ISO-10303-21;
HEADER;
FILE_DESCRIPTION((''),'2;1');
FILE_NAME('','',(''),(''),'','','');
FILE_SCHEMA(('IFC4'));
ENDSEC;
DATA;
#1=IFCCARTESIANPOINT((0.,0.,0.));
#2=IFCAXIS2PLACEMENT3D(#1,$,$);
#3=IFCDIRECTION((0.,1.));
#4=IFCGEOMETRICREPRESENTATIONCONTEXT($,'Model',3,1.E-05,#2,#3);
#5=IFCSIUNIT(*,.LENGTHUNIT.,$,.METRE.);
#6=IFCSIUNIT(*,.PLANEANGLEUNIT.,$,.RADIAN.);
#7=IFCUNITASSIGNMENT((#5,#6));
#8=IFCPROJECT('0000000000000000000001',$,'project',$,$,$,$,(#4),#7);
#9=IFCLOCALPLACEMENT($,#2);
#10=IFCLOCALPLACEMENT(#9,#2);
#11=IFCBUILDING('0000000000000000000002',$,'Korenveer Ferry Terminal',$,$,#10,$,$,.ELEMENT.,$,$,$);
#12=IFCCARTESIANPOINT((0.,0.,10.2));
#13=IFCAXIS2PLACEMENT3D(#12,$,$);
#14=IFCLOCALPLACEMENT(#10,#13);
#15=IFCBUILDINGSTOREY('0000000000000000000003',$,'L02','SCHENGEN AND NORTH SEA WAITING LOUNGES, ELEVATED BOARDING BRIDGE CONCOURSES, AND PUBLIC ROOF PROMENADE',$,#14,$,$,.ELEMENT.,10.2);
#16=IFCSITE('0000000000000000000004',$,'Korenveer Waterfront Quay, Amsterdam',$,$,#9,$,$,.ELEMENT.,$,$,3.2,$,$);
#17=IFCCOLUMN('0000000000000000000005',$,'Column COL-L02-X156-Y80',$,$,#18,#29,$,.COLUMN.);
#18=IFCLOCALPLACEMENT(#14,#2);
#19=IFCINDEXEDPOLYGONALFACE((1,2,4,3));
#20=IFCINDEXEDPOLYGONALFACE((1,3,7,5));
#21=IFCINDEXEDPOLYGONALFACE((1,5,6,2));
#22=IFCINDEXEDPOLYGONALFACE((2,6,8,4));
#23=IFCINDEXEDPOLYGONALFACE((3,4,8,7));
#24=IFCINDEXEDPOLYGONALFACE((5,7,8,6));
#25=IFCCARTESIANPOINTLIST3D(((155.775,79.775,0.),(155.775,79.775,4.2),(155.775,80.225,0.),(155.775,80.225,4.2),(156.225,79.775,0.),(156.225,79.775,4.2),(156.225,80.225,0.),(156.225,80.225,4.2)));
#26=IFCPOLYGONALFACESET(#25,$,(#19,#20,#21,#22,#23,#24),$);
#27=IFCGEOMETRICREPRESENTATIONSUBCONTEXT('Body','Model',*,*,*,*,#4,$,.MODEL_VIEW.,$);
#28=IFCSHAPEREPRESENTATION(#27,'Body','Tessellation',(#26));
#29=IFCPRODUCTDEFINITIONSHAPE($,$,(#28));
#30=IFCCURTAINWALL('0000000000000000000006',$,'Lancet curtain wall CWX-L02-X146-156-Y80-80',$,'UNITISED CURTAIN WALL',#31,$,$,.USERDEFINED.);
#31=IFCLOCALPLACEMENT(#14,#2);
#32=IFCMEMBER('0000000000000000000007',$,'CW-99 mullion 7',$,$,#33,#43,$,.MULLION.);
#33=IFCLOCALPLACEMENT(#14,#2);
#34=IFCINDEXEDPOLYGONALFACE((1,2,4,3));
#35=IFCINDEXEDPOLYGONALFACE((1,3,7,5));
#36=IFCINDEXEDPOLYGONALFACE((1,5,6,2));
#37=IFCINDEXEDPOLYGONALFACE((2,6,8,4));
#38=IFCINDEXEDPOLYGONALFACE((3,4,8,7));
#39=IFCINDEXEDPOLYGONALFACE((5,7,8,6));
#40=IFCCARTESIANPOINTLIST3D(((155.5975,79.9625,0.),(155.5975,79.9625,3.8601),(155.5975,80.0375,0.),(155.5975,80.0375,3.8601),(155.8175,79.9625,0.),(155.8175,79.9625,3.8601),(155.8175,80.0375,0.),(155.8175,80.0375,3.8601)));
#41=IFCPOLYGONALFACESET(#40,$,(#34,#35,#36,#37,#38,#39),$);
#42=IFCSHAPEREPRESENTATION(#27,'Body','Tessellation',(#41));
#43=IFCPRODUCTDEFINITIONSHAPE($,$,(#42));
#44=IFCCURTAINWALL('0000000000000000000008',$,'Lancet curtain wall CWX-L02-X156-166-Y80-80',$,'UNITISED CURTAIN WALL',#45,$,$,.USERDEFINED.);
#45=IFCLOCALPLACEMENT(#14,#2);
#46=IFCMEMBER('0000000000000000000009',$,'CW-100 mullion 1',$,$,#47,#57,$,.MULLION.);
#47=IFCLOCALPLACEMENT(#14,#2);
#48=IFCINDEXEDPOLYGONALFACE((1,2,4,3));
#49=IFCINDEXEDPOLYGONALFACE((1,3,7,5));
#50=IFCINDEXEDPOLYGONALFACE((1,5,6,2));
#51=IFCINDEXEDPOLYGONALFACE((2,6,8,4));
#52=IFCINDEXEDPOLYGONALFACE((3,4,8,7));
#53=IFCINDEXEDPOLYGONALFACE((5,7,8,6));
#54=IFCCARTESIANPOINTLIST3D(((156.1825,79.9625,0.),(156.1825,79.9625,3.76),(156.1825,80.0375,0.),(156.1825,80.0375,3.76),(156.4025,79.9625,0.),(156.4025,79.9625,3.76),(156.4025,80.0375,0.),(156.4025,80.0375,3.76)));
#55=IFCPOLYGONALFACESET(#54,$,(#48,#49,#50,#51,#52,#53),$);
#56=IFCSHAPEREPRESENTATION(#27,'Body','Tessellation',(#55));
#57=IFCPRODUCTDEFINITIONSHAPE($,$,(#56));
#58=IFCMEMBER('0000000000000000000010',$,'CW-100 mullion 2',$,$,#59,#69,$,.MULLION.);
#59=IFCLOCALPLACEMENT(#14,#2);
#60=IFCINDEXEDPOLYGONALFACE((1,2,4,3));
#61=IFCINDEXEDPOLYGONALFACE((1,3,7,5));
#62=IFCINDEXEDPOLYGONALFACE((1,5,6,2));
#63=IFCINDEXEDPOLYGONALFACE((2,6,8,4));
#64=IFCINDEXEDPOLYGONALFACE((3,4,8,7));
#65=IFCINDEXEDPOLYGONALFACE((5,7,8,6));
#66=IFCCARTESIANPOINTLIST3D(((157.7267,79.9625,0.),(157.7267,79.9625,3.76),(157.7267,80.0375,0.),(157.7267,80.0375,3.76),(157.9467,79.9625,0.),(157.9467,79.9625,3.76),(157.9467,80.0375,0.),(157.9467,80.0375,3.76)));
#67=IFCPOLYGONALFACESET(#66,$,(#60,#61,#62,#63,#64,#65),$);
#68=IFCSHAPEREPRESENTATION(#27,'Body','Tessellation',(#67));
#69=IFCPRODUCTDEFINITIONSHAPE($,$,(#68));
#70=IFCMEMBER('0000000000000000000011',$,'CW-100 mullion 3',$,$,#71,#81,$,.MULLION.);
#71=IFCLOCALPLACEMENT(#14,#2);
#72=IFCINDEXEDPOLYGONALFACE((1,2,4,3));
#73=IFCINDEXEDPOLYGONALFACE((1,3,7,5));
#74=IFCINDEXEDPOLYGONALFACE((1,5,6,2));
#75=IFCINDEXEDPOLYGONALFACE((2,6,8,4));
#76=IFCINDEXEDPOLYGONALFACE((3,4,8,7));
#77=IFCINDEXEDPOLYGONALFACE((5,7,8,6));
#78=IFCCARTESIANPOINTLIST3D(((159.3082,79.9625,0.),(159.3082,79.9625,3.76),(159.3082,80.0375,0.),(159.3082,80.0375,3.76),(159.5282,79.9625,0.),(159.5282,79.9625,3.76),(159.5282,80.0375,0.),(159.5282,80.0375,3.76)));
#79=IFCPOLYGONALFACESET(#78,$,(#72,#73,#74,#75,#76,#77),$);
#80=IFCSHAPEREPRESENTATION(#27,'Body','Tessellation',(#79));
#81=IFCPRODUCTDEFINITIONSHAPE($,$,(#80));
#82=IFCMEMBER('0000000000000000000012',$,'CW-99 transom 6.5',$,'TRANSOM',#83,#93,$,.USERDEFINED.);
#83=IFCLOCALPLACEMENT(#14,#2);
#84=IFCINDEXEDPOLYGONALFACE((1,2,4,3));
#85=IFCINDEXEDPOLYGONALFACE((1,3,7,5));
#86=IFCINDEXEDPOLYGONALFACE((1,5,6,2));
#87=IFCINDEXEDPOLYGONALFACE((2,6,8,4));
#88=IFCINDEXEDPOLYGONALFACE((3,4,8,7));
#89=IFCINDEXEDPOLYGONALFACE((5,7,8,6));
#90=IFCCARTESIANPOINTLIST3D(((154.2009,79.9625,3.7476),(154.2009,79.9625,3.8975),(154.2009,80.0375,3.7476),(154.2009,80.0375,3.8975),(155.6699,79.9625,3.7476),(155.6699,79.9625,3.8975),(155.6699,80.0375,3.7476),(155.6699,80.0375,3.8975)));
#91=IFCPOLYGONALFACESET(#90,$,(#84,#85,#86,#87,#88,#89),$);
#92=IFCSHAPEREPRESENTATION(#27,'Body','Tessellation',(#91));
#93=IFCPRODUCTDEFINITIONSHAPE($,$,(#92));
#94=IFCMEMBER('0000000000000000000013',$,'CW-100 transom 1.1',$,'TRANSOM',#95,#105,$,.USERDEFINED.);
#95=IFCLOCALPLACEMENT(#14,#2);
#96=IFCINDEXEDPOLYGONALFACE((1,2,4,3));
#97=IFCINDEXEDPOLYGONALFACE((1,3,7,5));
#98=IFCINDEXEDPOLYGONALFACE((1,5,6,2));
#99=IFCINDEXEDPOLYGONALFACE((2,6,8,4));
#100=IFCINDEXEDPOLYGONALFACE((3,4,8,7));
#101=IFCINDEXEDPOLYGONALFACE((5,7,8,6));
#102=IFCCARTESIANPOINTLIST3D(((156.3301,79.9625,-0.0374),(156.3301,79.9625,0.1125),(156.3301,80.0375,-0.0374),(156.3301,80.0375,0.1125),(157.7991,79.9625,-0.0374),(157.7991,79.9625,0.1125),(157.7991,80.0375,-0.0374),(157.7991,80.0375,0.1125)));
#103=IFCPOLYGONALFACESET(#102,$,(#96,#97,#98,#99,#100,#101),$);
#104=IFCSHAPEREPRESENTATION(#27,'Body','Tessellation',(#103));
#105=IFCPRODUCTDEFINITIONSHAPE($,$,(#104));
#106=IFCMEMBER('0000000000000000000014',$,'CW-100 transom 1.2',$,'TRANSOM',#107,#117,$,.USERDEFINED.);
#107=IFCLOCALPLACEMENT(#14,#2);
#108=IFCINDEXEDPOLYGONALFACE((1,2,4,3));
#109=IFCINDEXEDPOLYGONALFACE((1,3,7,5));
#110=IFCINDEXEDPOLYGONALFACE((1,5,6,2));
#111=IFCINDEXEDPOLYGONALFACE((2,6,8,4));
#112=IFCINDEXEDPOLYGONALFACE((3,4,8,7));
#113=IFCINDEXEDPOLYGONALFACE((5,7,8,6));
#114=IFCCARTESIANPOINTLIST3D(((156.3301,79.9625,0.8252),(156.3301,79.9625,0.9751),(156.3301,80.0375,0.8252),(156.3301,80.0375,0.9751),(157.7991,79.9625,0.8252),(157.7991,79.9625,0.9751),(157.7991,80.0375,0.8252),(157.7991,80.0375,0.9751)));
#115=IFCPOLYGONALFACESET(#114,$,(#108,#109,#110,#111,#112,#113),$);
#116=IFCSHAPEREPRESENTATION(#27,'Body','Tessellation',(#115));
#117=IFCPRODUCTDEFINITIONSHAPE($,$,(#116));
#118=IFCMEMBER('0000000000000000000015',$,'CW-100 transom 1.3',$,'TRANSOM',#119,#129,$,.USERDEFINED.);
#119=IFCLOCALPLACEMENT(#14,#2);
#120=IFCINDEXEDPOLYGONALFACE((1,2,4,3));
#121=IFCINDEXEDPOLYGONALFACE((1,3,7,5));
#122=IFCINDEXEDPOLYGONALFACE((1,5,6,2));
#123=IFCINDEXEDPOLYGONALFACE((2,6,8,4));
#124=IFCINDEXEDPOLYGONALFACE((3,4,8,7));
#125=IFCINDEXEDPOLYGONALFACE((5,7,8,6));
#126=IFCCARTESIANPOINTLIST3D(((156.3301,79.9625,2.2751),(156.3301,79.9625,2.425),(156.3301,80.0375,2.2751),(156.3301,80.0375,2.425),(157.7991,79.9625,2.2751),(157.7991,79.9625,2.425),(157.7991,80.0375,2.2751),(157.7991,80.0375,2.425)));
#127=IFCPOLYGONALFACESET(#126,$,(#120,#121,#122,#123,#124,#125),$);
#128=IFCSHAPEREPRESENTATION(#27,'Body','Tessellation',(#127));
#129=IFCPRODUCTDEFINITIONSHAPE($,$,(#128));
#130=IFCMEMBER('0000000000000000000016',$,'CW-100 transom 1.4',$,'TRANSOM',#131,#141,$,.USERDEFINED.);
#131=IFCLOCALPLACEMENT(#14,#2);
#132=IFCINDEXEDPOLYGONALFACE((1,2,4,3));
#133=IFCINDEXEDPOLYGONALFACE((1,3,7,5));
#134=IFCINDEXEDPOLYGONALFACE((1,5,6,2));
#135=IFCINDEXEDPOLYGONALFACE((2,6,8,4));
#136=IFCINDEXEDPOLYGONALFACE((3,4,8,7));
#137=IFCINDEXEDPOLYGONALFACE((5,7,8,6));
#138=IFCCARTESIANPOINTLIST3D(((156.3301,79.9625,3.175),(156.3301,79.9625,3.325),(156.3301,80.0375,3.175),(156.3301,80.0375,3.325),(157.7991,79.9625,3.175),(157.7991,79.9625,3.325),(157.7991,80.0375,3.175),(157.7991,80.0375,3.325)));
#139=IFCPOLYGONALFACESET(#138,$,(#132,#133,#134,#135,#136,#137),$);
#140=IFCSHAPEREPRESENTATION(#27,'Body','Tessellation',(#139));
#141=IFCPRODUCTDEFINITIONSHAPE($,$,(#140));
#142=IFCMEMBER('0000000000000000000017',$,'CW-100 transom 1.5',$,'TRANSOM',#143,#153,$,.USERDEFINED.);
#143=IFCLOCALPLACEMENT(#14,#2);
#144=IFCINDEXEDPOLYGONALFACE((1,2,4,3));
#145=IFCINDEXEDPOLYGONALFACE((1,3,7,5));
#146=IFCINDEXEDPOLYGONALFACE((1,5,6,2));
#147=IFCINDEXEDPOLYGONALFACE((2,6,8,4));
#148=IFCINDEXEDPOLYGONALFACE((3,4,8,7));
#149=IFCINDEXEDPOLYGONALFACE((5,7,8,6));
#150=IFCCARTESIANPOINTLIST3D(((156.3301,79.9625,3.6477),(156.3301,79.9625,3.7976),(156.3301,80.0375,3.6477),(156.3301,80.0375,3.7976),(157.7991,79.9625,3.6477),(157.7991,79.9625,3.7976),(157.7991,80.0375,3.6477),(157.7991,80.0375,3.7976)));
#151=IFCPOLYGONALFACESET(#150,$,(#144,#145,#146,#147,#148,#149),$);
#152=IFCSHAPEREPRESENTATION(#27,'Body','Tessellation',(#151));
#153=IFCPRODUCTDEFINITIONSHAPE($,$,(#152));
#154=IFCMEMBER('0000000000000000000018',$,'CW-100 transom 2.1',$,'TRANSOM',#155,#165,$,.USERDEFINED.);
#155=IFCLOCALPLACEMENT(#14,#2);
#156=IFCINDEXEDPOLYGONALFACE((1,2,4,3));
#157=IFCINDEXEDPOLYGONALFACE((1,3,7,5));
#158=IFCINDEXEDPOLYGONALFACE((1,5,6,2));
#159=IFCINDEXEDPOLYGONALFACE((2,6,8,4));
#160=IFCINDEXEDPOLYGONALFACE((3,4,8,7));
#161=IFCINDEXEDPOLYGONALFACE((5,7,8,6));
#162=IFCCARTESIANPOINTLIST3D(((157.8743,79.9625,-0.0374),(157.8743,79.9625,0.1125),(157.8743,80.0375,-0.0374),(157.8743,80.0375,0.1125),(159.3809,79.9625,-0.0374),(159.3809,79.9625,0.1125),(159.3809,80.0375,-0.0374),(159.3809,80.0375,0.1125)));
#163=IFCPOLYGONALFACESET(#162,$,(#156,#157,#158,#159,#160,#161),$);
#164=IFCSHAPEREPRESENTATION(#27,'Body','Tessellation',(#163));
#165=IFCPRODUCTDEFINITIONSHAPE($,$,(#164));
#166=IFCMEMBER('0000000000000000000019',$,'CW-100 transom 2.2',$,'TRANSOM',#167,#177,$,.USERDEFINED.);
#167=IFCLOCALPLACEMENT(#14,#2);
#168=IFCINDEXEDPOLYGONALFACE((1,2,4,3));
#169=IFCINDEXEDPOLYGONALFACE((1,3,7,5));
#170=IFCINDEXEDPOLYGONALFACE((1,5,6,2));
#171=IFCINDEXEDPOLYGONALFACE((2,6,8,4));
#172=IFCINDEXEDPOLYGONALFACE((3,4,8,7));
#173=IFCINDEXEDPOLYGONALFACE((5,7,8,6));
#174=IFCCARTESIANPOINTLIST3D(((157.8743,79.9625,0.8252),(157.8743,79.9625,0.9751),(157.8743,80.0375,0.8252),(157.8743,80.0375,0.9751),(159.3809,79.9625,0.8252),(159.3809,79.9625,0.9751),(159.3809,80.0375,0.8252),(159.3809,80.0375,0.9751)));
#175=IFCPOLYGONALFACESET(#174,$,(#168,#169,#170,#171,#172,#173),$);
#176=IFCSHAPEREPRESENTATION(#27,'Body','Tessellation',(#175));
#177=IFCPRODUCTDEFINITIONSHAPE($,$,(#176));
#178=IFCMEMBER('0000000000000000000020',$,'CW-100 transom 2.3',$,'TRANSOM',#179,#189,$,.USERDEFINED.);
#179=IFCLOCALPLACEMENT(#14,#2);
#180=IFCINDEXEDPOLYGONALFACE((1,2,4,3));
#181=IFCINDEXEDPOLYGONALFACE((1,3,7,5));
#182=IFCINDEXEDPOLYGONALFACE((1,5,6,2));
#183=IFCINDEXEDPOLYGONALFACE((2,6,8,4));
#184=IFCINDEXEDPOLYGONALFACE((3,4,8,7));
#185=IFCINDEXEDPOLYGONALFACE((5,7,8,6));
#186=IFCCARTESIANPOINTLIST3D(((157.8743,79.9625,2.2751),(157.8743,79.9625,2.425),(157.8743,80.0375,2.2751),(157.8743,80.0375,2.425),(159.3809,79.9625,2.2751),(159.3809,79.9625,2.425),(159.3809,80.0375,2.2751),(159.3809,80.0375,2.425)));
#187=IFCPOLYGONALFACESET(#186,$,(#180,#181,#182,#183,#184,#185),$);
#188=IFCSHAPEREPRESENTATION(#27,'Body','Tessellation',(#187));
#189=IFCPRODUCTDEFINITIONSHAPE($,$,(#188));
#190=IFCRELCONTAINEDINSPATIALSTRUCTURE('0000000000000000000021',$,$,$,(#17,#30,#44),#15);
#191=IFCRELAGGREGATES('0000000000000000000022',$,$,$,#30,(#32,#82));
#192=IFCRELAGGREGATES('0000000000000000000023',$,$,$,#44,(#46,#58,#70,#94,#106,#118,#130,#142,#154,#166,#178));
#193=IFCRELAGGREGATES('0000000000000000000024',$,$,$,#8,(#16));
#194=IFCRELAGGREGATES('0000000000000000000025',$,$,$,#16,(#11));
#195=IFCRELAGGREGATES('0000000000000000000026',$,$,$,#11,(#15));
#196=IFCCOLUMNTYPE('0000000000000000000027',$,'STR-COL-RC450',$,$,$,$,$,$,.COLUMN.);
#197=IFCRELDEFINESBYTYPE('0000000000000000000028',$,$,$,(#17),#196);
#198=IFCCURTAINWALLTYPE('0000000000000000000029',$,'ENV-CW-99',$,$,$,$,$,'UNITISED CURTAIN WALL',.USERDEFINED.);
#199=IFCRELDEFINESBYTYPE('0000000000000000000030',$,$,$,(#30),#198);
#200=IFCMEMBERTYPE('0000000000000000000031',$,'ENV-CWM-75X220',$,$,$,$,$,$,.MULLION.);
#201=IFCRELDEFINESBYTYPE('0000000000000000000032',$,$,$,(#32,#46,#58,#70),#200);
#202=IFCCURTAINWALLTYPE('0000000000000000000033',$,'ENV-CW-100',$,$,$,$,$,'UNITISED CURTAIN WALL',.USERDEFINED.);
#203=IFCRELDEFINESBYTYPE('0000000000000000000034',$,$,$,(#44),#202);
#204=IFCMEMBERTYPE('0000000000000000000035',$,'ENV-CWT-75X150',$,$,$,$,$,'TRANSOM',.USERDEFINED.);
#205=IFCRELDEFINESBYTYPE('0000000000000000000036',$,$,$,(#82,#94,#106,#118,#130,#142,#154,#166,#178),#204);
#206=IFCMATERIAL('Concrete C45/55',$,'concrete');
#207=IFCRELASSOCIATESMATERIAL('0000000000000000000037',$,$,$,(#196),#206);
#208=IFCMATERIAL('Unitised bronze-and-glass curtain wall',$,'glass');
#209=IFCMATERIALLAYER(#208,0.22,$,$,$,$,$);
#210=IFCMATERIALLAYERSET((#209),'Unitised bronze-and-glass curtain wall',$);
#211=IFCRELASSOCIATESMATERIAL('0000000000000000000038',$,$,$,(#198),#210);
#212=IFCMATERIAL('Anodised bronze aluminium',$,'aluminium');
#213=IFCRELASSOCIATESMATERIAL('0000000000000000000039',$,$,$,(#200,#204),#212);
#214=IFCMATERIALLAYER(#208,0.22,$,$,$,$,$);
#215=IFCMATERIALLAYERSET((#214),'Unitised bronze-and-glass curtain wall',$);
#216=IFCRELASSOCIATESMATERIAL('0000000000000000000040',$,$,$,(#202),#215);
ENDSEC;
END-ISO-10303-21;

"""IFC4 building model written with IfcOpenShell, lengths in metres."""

from ifc_helpers import new_model, si_unit, direction, frame, origin, origin_2d, place, context, subcontext, project, spatial, rectangle, extrude, material, layer, layer_set, material_profile, profile_set, type_object, element, aggregate, save


model = new_model("IFC4")

# Units and contexts
model_context = context("Model", 3, precision=1e-05, world=origin(), true_north=direction((0.0, 1.0)))
body_context = subcontext(model_context, "Body", "Model", "MODEL_VIEW")
ifc_project = project(units=[si_unit("LENGTHUNIT", "METRE"), si_unit("PLANEANGLEUNIT", "RADIAN")], contexts=[model_context])

# Site, building, storey
site_placement = place(None, origin())
site = spatial("IfcSite", under=ifc_project, at=site_placement, Name="Korenveer Waterfront Quay, Amsterdam", CompositionType="ELEMENT", RefElevation=3.2)
building_placement = place(site_placement, origin())
building = spatial("IfcBuilding", under=site, at=building_placement, Name="Korenveer Ferry Terminal", CompositionType="ELEMENT")
storey_placement = place(building_placement, frame((0.0, 0.0, 10.2)))
storey = spatial("IfcBuildingStorey", under=building, at=storey_placement, Name="L02", Description="SCHENGEN AND NORTH SEA WAITING LOUNGES, ELEVATED BOARDING BRIDGE CONCOURSES, AND PUBLIC ROOF PROMENADE", CompositionType="ELEMENT", Elevation=10.2)

# Column
ifc_material_1 = material(Name="Concrete C45/55", Category="concrete")
ifc_material_profile_1 = material_profile(ifc_material_1, rectangle(XDim=0.45, YDim=0.45, at=origin_2d()), Name="RC 450x450")
ifc_profile_set_1 = profile_set([ifc_material_profile_1], Name="Concrete C45/55")
column_type = type_object("IfcColumnType", Name="STR-COL-RC450", PredefinedType="COLUMN", material=ifc_profile_set_1)
column_placement = place(storey_placement, frame((156.0, 80.0, 0.0), z_axis=(0.0, 0.0, 1.0), x_axis=(1.0, 0.0, 0.0)))
element("IfcColumn", 1, at=column_placement, inside=storey, type_object=column_type, Name="Column COL-L02-X156-Y80", PredefinedType="COLUMN", context=body_context, shape_type="SweptSolid", body=[
    extrude(rectangle(XDim=0.45, YDim=0.45, at=origin_2d()), origin(), (0.0, 0.0, 1.0), 4.2),
])

# Curtain wall, member
ifc_material_2 = material(Name="Unitised bronze-and-glass curtain wall", Category="glass")
ifc_layer_1 = layer(ifc_material_2, 0.22)
ifc_layer_set_1 = layer_set([ifc_layer_1], Name="Unitised bronze-and-glass curtain wall")
curtain_wall_type_1 = type_object("IfcCurtainWallType", Name="ENV-CW-99", ElementType="UNITISED CURTAIN WALL", PredefinedType="USERDEFINED", material=ifc_layer_set_1)
curtain_wall_1_placement = place(storey_placement, frame((146.2549, 80.0, 0.0)))
curtain_wall_1 = element("IfcCurtainWall", 2, at=curtain_wall_1_placement, inside=storey, type_object=curtain_wall_type_1, Name="Lancet curtain wall CWX-L02-X146-156-Y80-80", ObjectType="UNITISED CURTAIN WALL", PredefinedType="USERDEFINED")
ifc_material_3 = material(Name="Anodised bronze aluminium", Category="aluminium")
ifc_material_profile_2 = material_profile(ifc_material_3, rectangle(XDim=0.075, YDim=0.22, at=origin_2d()), Name="ALU 75x220")
ifc_profile_set_2 = profile_set([ifc_material_profile_2], Name="Anodised bronze aluminium")
member_type_1 = type_object("IfcMemberType", Name="ENV-CWM-75X220", PredefinedType="MULLION", material=ifc_profile_set_2)
member_1_placement = place(storey_placement, frame((155.7075, 80.0, 0.0), z_axis=(0.0, 0.0, 1.0), x_axis=(0.0, 1.0, 0.0)))
member_1 = element("IfcMember", 3, at=member_1_placement, type_object=member_type_1, Name="CW-99 mullion 7", PredefinedType="MULLION", context=body_context, shape_type="SweptSolid", body=[
    extrude(rectangle(XDim=0.075, YDim=0.22, at=origin_2d()), origin(), (0.0, 0.0, 1.0), 3.8601),
])

# Curtain wall, members
ifc_layer_2 = layer(ifc_material_2, 0.22)
ifc_layer_set_2 = layer_set([ifc_layer_2], Name="Unitised bronze-and-glass curtain wall")
curtain_wall_type_2 = type_object("IfcCurtainWallType", Name="ENV-CW-100", ElementType="UNITISED CURTAIN WALL", PredefinedType="USERDEFINED", material=ifc_layer_set_2)
curtain_wall_2_placement = place(storey_placement, frame((156.2549, 80.0, 0.0)))
curtain_wall_2 = element("IfcCurtainWall", 4, at=curtain_wall_2_placement, inside=storey, type_object=curtain_wall_type_2, Name="Lancet curtain wall CWX-L02-X156-166-Y80-80", ObjectType="UNITISED CURTAIN WALL", PredefinedType="USERDEFINED")
member_2_placement = place(storey_placement, frame((156.2925, 80.0, 0.0), z_axis=(0.0, 0.0, 1.0), x_axis=(0.0, 1.0, 0.0)))
member_2 = element("IfcMember", 5, at=member_2_placement, type_object=member_type_1, Name="CW-100 mullion 1", PredefinedType="MULLION", context=body_context, shape_type="SweptSolid", body=[
    extrude(rectangle(XDim=0.075, YDim=0.22, at=origin_2d()), origin(), (0.0, 0.0, 1.0), 3.76),
])
member_3_placement = place(storey_placement, frame((157.8367, 80.0, 0.0), z_axis=(0.0, 0.0, 1.0), x_axis=(0.0, 1.0, 0.0)))
member_3 = element("IfcMember", 6, at=member_3_placement, type_object=member_type_1, Name="CW-100 mullion 2", PredefinedType="MULLION", context=body_context, shape_type="SweptSolid", body=[
    extrude(rectangle(XDim=0.075, YDim=0.22, at=origin_2d()), origin(), (0.0, 0.0, 1.0), 3.76),
])
member_4_placement = place(storey_placement, frame((159.4182, 80.0, 0.0), z_axis=(0.0, 0.0, 1.0), x_axis=(0.0, 1.0, 0.0)))
member_4 = element("IfcMember", 7, at=member_4_placement, type_object=member_type_1, Name="CW-100 mullion 3", PredefinedType="MULLION", context=body_context, shape_type="SweptSolid", body=[
    extrude(rectangle(XDim=0.075, YDim=0.22, at=origin_2d()), origin(), (0.0, 0.0, 1.0), 3.76),
])

# Members
ifc_material_profile_3 = material_profile(ifc_material_3, rectangle(XDim=0.075, YDim=0.1499, at=origin_2d()), Name="ALU 75x150")
ifc_profile_set_3 = profile_set([ifc_material_profile_3], Name="Anodised bronze aluminium")
member_type_2 = type_object("IfcMemberType", Name="ENV-CWT-75X150", ElementType="TRANSOM", PredefinedType="USERDEFINED", material=ifc_profile_set_3)
member_5_placement = place(storey_placement, frame((154.2009, 80.0, 3.8225), z_axis=(1.0, 0.0, 0.0), x_axis=(0.0, 1.0, 0.0)))
member_5 = element("IfcMember", 8, at=member_5_placement, type_object=member_type_2, Name="CW-99 transom 6.5", ObjectType="TRANSOM", PredefinedType="USERDEFINED", context=body_context, shape_type="SweptSolid", body=[
    extrude(rectangle(XDim=0.075, YDim=0.1499, at=origin_2d()), origin(), (0.0, 0.0, 1.0), 1.469),
])
member_6_placement = place(storey_placement, frame((156.3301, 80.0, 0.0376), z_axis=(1.0, 0.0, 0.0), x_axis=(0.0, 1.0, 0.0)))
member_6 = element("IfcMember", 9, at=member_6_placement, type_object=member_type_2, Name="CW-100 transom 1.1", ObjectType="TRANSOM", PredefinedType="USERDEFINED", context=body_context, shape_type="SweptSolid", body=[
    extrude(rectangle(XDim=0.075, YDim=0.1499, at=origin_2d()), origin(), (0.0, 0.0, 1.0), 1.469),
])
member_7_placement = place(storey_placement, frame((156.3301, 80.0, 0.9001), z_axis=(1.0, 0.0, 0.0), x_axis=(0.0, 1.0, 0.0)))
member_7 = element("IfcMember", 10, at=member_7_placement, type_object=member_type_2, Name="CW-100 transom 1.2", ObjectType="TRANSOM", PredefinedType="USERDEFINED", context=body_context, shape_type="SweptSolid", body=[
    extrude(rectangle(XDim=0.075, YDim=0.1499, at=origin_2d()), origin(), (0.0, 0.0, 1.0), 1.469),
])
member_8_placement = place(storey_placement, frame((156.3301, 80.0, 2.3501), z_axis=(1.0, 0.0, 0.0), x_axis=(0.0, 1.0, 0.0)))
member_8 = element("IfcMember", 11, at=member_8_placement, type_object=member_type_2, Name="CW-100 transom 1.3", ObjectType="TRANSOM", PredefinedType="USERDEFINED", context=body_context, shape_type="SweptSolid", body=[
    extrude(rectangle(XDim=0.075, YDim=0.1499, at=origin_2d()), origin(), (0.0, 0.0, 1.0), 1.469),
])
member_9_placement = place(storey_placement, frame((156.3301, 80.0, 3.25), z_axis=(1.0, 0.0, 0.0), x_axis=(0.0, 1.0, 0.0)))
member_9 = element("IfcMember", 12, at=member_9_placement, type_object=member_type_2, Name="CW-100 transom 1.4", ObjectType="TRANSOM", PredefinedType="USERDEFINED", context=body_context, shape_type="SweptSolid", body=[
    extrude(rectangle(XDim=0.075, YDim=0.1499, at=origin_2d()), origin(), (0.0, 0.0, 1.0), 1.469),
])
member_10_placement = place(storey_placement, frame((156.3301, 80.0, 3.7227), z_axis=(1.0, 0.0, 0.0), x_axis=(0.0, 1.0, 0.0)))
member_10 = element("IfcMember", 13, at=member_10_placement, type_object=member_type_2, Name="CW-100 transom 1.5", ObjectType="TRANSOM", PredefinedType="USERDEFINED", context=body_context, shape_type="SweptSolid", body=[
    extrude(rectangle(XDim=0.075, YDim=0.1499, at=origin_2d()), origin(), (0.0, 0.0, 1.0), 1.469),
])
member_11_placement = place(storey_placement, frame((157.8743, 80.0, 0.0376), z_axis=(1.0, 0.0, 0.0), x_axis=(0.0, 1.0, 0.0)))
member_11 = element("IfcMember", 14, at=member_11_placement, type_object=member_type_2, Name="CW-100 transom 2.1", ObjectType="TRANSOM", PredefinedType="USERDEFINED", context=body_context, shape_type="SweptSolid", body=[
    extrude(rectangle(XDim=0.075, YDim=0.1499, at=origin_2d()), origin(), (0.0, 0.0, 1.0), 1.5066),
])
member_12_placement = place(storey_placement, frame((157.8743, 80.0, 0.9001), z_axis=(1.0, 0.0, 0.0), x_axis=(0.0, 1.0, 0.0)))
member_12 = element("IfcMember", 15, at=member_12_placement, type_object=member_type_2, Name="CW-100 transom 2.2", ObjectType="TRANSOM", PredefinedType="USERDEFINED", context=body_context, shape_type="SweptSolid", body=[
    extrude(rectangle(XDim=0.075, YDim=0.1499, at=origin_2d()), origin(), (0.0, 0.0, 1.0), 1.5066),
])
member_13_placement = place(storey_placement, frame((157.8743, 80.0, 2.3501), z_axis=(1.0, 0.0, 0.0), x_axis=(0.0, 1.0, 0.0)))
member_13 = element("IfcMember", 16, at=member_13_placement, type_object=member_type_2, Name="CW-100 transom 2.3", ObjectType="TRANSOM", PredefinedType="USERDEFINED", context=body_context, shape_type="SweptSolid", body=[
    extrude(rectangle(XDim=0.075, YDim=0.1499, at=origin_2d()), origin(), (0.0, 0.0, 1.0), 1.5066),
])

aggregate(curtain_wall_1, [member_1, member_5])
aggregate(curtain_wall_2, [member_2, member_3, member_4, member_6, member_7, member_8, member_9, member_10, member_11, member_12, member_13])

save(model, "model.ifc")
